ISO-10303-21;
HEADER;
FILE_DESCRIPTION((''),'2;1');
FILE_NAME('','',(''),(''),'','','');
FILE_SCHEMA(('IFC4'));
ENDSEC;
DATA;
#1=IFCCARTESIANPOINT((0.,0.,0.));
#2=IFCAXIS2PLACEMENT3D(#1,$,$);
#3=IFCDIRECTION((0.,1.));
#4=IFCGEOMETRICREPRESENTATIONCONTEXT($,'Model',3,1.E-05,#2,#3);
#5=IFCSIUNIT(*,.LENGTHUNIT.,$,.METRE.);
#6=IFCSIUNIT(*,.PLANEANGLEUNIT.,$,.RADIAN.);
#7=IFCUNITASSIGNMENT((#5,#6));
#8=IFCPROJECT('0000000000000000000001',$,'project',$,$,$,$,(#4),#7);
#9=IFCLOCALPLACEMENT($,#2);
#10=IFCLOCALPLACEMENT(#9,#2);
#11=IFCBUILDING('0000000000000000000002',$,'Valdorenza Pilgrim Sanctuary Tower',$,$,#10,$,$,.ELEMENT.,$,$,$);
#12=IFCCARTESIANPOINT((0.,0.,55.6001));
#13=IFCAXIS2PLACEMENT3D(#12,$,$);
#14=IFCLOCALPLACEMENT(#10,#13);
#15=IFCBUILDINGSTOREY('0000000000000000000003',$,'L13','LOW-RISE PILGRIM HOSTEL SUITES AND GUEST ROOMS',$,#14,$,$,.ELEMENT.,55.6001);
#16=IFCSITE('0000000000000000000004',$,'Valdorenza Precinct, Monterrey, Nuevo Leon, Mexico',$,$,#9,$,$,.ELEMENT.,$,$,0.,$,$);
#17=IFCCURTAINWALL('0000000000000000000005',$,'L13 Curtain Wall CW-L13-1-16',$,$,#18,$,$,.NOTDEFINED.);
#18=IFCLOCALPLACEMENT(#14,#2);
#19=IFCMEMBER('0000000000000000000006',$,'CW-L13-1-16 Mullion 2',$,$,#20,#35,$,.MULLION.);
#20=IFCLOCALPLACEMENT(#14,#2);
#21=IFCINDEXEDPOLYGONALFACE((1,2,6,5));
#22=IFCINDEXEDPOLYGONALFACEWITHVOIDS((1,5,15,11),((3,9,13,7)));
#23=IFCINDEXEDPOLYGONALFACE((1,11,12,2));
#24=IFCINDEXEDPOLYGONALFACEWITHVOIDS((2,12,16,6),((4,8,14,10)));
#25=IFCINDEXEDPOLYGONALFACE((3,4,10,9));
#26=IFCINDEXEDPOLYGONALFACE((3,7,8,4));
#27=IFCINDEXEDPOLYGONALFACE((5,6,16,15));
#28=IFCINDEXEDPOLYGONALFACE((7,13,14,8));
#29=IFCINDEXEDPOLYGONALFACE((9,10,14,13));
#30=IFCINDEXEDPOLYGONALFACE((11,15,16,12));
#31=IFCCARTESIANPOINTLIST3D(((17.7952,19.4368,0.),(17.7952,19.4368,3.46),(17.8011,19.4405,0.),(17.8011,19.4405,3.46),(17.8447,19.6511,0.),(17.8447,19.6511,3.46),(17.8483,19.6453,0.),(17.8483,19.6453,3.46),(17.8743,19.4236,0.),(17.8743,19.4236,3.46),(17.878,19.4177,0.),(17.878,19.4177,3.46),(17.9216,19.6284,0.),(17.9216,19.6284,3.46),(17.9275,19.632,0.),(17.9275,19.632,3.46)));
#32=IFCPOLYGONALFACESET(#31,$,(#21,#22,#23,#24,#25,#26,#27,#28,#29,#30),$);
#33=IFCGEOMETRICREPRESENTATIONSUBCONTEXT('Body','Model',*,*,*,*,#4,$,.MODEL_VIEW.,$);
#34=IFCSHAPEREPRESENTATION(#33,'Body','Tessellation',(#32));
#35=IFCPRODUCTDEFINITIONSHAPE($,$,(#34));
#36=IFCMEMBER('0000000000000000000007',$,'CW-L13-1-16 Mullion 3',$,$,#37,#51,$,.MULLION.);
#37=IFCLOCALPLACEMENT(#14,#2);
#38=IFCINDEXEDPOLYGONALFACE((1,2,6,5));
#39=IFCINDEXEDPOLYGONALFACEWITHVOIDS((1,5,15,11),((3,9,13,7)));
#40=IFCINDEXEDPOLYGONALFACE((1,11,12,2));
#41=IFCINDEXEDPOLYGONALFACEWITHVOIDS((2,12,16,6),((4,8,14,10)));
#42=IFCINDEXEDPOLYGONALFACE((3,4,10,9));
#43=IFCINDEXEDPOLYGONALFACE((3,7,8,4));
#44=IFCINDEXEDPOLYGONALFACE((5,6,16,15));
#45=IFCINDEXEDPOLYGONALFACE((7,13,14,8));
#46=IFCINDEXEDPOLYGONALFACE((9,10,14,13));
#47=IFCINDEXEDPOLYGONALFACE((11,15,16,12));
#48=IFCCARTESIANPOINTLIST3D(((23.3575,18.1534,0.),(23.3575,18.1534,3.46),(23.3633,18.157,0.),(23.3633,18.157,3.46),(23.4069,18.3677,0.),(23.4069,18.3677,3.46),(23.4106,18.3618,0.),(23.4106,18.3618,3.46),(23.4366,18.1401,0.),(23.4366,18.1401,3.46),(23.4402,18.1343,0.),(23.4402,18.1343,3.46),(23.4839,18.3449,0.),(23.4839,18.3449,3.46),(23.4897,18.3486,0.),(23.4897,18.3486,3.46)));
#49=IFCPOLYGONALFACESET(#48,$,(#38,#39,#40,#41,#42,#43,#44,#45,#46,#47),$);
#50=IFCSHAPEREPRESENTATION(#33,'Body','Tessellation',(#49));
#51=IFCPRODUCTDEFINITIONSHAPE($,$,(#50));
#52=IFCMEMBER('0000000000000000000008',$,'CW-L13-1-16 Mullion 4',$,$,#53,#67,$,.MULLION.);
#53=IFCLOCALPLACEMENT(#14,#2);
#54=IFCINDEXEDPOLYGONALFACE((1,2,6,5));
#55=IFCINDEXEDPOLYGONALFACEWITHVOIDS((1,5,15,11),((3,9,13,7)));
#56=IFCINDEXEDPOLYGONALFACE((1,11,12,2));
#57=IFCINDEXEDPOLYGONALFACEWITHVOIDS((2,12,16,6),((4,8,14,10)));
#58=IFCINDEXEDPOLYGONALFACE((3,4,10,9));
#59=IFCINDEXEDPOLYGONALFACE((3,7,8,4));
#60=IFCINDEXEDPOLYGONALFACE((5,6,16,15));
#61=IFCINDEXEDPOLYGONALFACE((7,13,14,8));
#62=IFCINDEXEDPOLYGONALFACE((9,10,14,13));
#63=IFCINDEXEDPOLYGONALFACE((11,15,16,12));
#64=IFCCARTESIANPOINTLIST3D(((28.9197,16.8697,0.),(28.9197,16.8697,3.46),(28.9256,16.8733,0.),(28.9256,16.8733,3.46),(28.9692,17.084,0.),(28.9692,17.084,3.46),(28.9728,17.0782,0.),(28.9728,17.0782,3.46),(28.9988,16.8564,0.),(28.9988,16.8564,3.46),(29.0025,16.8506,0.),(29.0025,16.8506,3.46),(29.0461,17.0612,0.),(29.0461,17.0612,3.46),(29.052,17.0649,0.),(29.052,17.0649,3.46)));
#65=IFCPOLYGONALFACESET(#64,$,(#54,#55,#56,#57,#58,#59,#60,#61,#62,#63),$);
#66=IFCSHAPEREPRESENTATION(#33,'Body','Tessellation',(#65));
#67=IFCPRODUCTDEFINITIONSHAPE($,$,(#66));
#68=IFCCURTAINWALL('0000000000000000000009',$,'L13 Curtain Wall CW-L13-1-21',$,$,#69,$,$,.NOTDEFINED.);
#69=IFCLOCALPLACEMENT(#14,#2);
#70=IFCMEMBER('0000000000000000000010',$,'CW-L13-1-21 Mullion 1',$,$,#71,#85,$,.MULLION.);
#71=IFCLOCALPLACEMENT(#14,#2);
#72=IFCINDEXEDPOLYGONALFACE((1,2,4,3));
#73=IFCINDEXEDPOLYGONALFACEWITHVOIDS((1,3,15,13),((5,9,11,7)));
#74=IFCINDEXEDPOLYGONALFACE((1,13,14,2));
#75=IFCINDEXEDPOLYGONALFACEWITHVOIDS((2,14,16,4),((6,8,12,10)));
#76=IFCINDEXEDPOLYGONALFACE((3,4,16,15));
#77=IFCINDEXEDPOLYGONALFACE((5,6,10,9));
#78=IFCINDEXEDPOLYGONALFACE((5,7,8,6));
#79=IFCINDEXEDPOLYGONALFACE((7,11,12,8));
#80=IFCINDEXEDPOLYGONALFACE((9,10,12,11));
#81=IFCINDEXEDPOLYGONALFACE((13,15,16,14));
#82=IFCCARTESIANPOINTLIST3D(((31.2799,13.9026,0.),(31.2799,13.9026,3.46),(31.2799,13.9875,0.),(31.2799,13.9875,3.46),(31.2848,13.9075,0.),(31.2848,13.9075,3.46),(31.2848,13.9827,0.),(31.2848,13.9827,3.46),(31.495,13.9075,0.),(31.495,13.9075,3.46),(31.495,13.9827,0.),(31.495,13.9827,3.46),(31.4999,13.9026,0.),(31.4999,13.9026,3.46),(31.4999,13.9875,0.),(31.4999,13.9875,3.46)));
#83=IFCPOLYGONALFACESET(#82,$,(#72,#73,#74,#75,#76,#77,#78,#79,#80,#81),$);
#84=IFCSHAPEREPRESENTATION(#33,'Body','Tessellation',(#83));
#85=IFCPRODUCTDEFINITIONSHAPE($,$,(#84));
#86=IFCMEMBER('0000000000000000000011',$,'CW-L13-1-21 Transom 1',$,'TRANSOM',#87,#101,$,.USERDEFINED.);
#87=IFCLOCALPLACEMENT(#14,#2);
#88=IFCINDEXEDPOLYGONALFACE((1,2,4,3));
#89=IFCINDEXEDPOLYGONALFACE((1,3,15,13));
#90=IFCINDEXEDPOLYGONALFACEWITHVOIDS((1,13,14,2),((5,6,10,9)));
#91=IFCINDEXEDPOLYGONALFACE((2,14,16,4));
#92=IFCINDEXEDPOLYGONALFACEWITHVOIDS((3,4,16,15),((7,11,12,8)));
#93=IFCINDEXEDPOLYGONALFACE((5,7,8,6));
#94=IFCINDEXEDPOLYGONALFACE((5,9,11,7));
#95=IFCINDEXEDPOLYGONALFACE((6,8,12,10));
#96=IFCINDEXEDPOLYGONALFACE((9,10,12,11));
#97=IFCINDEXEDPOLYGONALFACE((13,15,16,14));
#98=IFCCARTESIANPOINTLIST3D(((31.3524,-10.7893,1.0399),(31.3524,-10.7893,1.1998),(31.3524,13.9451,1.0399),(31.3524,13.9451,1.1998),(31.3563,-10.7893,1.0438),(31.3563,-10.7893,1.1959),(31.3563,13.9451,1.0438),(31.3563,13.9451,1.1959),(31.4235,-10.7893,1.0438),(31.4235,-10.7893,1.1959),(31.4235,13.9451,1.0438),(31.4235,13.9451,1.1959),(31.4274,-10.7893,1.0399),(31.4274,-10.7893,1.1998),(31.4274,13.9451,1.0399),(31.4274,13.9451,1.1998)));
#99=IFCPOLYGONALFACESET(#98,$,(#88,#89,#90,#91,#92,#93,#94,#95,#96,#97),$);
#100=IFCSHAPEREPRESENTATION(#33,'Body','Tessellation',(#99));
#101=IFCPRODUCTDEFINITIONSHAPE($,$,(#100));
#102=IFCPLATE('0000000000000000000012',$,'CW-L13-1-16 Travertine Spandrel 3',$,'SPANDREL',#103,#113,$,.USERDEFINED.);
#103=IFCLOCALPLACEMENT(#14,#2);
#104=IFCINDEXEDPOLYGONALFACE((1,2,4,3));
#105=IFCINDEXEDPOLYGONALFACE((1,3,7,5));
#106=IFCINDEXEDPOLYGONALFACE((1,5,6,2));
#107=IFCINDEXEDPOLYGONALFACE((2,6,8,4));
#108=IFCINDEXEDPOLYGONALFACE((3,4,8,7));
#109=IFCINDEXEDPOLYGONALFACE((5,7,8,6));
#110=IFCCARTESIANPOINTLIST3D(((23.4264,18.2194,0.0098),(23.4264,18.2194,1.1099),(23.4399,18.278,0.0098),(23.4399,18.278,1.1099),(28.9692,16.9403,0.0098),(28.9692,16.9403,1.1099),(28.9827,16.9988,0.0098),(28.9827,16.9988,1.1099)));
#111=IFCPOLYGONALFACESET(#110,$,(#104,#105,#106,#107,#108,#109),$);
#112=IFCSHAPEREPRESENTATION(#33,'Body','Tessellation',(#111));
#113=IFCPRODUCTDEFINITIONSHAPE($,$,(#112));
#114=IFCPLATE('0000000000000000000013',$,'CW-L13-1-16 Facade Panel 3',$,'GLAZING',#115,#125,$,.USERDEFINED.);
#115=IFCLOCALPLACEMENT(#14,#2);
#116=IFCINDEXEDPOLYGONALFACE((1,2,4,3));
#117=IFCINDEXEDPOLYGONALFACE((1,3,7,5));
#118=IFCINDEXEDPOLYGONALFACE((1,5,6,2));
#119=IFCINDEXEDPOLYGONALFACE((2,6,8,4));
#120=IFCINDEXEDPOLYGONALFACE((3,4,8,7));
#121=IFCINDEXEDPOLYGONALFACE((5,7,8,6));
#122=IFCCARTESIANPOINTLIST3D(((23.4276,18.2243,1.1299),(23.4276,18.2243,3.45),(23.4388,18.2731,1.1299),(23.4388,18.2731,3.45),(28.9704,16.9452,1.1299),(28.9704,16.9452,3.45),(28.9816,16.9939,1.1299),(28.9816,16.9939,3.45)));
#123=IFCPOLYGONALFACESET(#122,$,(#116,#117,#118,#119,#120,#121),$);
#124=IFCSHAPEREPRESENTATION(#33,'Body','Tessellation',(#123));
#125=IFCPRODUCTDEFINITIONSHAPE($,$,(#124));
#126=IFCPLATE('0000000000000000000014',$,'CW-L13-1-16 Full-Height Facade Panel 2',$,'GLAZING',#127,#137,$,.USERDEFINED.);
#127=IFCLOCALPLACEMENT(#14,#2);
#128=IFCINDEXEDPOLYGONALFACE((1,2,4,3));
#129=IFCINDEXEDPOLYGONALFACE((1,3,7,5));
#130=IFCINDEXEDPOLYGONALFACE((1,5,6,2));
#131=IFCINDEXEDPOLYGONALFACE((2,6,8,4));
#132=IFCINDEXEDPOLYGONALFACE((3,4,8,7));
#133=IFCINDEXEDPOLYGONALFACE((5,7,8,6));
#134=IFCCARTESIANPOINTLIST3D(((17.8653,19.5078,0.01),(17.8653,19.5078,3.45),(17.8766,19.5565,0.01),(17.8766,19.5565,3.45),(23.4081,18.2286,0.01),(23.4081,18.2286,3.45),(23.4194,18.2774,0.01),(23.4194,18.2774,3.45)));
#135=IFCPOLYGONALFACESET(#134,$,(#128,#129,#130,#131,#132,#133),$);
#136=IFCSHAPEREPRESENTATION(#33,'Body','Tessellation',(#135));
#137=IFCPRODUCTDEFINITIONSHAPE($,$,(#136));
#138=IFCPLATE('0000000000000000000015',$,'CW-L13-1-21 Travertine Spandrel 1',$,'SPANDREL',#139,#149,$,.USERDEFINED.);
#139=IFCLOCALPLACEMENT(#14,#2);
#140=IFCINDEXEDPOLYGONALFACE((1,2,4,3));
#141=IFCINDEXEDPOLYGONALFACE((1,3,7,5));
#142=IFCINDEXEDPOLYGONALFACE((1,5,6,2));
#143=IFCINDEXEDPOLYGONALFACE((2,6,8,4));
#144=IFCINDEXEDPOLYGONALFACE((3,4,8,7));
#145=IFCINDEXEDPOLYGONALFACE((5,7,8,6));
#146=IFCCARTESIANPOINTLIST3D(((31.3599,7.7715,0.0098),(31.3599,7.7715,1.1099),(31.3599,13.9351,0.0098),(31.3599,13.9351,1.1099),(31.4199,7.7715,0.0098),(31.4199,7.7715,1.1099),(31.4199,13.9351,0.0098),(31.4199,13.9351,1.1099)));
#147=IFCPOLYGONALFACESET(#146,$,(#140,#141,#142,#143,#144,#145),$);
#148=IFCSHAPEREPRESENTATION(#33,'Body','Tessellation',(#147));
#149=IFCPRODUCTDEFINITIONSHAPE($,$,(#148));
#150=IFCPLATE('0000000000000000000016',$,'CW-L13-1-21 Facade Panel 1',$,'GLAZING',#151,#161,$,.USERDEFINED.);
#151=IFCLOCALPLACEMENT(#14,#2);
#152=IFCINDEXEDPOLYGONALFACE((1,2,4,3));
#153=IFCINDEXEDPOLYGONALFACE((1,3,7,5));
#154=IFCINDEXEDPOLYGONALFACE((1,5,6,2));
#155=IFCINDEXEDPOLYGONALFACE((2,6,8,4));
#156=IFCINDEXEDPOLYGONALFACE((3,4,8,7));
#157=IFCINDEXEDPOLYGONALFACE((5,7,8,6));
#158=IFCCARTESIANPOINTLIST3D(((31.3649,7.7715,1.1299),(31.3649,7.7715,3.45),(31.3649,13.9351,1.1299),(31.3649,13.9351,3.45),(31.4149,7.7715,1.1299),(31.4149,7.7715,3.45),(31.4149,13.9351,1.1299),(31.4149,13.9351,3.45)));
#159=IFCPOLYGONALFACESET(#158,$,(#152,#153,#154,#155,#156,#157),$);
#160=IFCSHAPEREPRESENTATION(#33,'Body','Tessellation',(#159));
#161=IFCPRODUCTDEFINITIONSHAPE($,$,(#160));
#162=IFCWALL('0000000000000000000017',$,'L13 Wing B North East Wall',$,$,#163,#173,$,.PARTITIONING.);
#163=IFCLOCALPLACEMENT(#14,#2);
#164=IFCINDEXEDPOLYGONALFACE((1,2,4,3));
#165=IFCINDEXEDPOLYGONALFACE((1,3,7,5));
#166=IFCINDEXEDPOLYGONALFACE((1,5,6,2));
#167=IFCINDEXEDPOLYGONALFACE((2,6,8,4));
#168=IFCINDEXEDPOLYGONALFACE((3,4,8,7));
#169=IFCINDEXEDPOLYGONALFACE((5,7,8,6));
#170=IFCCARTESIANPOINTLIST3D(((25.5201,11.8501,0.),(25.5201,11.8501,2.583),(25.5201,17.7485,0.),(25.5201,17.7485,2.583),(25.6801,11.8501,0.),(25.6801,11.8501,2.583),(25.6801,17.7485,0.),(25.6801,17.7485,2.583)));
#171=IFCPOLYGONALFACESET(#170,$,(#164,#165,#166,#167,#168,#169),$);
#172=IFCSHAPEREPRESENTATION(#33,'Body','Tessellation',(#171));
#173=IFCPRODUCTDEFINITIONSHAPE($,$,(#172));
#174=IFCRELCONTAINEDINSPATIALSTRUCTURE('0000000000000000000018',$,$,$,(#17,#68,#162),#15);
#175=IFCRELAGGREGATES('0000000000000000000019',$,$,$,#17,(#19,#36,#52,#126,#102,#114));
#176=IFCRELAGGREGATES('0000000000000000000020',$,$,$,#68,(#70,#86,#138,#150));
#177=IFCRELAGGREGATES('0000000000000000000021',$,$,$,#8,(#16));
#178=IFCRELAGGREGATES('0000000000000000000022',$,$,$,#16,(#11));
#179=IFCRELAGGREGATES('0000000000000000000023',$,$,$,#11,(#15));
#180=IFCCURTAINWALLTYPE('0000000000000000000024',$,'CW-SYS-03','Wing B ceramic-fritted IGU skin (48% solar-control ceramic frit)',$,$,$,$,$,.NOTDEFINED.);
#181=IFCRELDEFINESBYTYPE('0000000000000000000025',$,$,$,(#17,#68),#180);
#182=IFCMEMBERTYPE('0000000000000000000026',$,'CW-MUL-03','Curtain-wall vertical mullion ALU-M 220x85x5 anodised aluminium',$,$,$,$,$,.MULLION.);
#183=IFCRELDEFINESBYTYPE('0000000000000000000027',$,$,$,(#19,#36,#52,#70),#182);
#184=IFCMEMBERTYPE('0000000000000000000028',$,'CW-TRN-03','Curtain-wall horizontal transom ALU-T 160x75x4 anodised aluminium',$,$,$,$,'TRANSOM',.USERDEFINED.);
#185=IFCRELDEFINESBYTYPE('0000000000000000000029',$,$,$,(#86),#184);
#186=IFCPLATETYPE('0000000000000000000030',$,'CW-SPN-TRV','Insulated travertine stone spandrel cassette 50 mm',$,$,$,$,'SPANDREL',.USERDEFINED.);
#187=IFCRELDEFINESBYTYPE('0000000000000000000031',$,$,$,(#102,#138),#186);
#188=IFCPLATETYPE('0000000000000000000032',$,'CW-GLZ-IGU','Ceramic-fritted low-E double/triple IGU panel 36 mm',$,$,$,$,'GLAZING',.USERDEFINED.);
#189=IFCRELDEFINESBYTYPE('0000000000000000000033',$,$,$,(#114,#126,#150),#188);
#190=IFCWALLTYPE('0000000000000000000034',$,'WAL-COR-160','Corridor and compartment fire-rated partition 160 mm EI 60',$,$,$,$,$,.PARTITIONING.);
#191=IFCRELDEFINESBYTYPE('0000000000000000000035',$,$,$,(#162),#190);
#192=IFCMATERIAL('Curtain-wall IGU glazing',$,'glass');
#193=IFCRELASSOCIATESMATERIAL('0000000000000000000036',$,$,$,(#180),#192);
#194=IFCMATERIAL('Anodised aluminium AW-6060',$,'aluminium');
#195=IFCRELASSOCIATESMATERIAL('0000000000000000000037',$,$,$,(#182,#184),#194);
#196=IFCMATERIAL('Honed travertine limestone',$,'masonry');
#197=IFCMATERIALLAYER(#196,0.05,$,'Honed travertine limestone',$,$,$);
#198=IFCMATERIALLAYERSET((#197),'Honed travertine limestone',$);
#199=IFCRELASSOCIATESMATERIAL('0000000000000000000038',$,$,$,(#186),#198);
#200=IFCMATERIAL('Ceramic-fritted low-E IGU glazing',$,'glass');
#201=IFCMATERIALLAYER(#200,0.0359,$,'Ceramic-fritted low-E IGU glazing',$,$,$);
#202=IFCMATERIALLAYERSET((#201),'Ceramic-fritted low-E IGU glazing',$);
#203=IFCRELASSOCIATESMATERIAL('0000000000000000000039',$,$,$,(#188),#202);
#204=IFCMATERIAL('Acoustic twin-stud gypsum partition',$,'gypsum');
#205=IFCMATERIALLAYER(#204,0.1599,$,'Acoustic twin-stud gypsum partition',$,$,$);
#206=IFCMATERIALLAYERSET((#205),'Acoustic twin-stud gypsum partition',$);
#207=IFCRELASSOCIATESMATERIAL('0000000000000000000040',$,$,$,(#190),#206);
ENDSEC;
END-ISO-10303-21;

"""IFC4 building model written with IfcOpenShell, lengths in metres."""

from ifc_helpers import new_model, si_unit, direction, frame, frame_2d, origin, origin_2d, place, context, subcontext, project, spatial, rectangle, hollow_rectangle, extrude, source, transform, mapped, material, layer, layer_set, material_profile, profile_set, type_object, element, aggregate, save


model = new_model("IFC4")

# Units and contexts
model_context = context("Model", 3, precision=1e-05, world=origin(), true_north=direction((0.0, 1.0)))
body_context = subcontext(model_context, "Body", "Model", "MODEL_VIEW")
ifc_project = project(units=[si_unit("LENGTHUNIT", "METRE"), si_unit("PLANEANGLEUNIT", "RADIAN")], contexts=[model_context])

# Site, building, storey
site_placement = place(None, origin())
site = spatial("IfcSite", under=ifc_project, at=site_placement, Name="Valdorenza Precinct, Monterrey, Nuevo Leon, Mexico", CompositionType="ELEMENT", RefElevation=0.0)
building_placement = place(site_placement, origin())
building = spatial("IfcBuilding", under=site, at=building_placement, Name="Valdorenza Pilgrim Sanctuary Tower", CompositionType="ELEMENT")
storey_placement = place(building_placement, frame((0.0, 0.0, 55.6001)))
storey = spatial("IfcBuildingStorey", under=building, at=storey_placement, Name="L13", Description="LOW-RISE PILGRIM HOSTEL SUITES AND GUEST ROOMS", CompositionType="ELEMENT", Elevation=55.6001)

# Curtain walls, members
ifc_material_1 = material(Name="Curtain-wall IGU glazing", Category="glass")
curtain_wall_type = type_object("IfcCurtainWallType", Name="CW-SYS-03", Description="Wing B ceramic-fritted IGU skin (48% solar-control ceramic frit)", PredefinedType="NOTDEFINED", material=ifc_material_1)
curtain_wall_1_placement = place(storey_placement, origin())
curtain_wall_1 = element("IfcCurtainWall", 1, at=curtain_wall_1_placement, inside=storey, type_object=curtain_wall_type, Name="L13 Curtain Wall CW-L13-1-16", PredefinedType="NOTDEFINED")
ifc_material_2 = material(Name="Anodised aluminium AW-6060", Category="aluminium")
ifc_material_profile_1 = material_profile(ifc_material_2, hollow_rectangle(XDim=0.085, YDim=0.22, WallThickness=0.0049, at=origin_2d()), Name="ALU-M 220x85x5")
ifc_profile_set_1 = profile_set([ifc_material_profile_1], Name="Anodised aluminium AW-6060")
member_type_1 = type_object("IfcMemberType", Name="CW-MUL-03", Description="Curtain-wall vertical mullion ALU-M 220x85x5 anodised aluminium", PredefinedType="MULLION", material=ifc_profile_set_1)
shared_shape_1 = source(origin(), body_context, "Body", "SweptSolid", [
    extrude(hollow_rectangle(XDim=0.085, YDim=0.22, WallThickness=0.0049, at=origin_2d()), origin(), (0.0, 0.0, 1.0), 3.46),
])
member_1_placement = place(storey_placement, frame((17.8613, 19.5344, 0.0), z_axis=(0.0, 0.0, 1.0), x_axis=(0.97439, -0.224866, 0.0)))
member_1 = element("IfcMember", 2, at=member_1_placement, type_object=member_type_1, Name="CW-L13-1-16 Mullion 2", PredefinedType="MULLION", context=body_context, shape_type="MappedRepresentation", body=[
    mapped(shared_shape_1, transform((0.0, 0.0, 0.0), x_axis=(1.0, 0.0, 0.0), y_axis=(0.0, 1.0, 0.0), z_axis=(0.0, 0.0, 1.0), scale=1.0)),
])
member_2_placement = place(storey_placement, frame((23.4236, 18.251, 0.0), z_axis=(0.0, 0.0, 1.0), x_axis=(0.97439, -0.224866, 0.0)))
member_2 = element("IfcMember", 3, at=member_2_placement, type_object=member_type_1, Name="CW-L13-1-16 Mullion 3", PredefinedType="MULLION", context=body_context, shape_type="MappedRepresentation", body=[
    mapped(shared_shape_1, transform((0.0, 0.0, 0.0), x_axis=(1.0, 0.0, 0.0), y_axis=(0.0, 1.0, 0.0), z_axis=(0.0, 0.0, 1.0), scale=1.0)),
])
member_3_placement = place(storey_placement, frame((28.9858, 16.9673, 0.0), z_axis=(0.0, 0.0, 1.0), x_axis=(0.97439, -0.224866, 0.0)))
member_3 = element("IfcMember", 4, at=member_3_placement, type_object=member_type_1, Name="CW-L13-1-16 Mullion 4", PredefinedType="MULLION", context=body_context, shape_type="MappedRepresentation", body=[
    mapped(shared_shape_1, transform((0.0, 0.0, 0.0), x_axis=(1.0, 0.0, 0.0), y_axis=(0.0, 1.0, 0.0), z_axis=(0.0, 0.0, 1.0), scale=1.0)),
])
curtain_wall_2_placement = place(storey_placement, origin())
curtain_wall_2 = element("IfcCurtainWall", 5, at=curtain_wall_2_placement, inside=storey, type_object=curtain_wall_type, Name="L13 Curtain Wall CW-L13-1-21", PredefinedType="NOTDEFINED")
member_4_placement = place(storey_placement, frame((31.3899, 13.9451, 0.0), z_axis=(0.0, 0.0, 1.0), x_axis=(0.0, -1.0, 0.0)))
member_4 = element("IfcMember", 6, at=member_4_placement, type_object=member_type_1, Name="CW-L13-1-21 Mullion 1", PredefinedType="MULLION", context=body_context, shape_type="MappedRepresentation", body=[
    mapped(shared_shape_1, transform((0.0, 0.0, 0.0), x_axis=(1.0, 0.0, 0.0), y_axis=(0.0, 1.0, 0.0), z_axis=(0.0, 0.0, 1.0), scale=1.0)),
])
ifc_material_profile_2 = material_profile(ifc_material_2, hollow_rectangle(XDim=0.075, YDim=0.1599, WallThickness=0.0039, at=origin_2d()), Name="ALU-T 160x75x4")
ifc_profile_set_2 = profile_set([ifc_material_profile_2], Name="Anodised aluminium AW-6060")
member_type_2 = type_object("IfcMemberType", Name="CW-TRN-03", Description="Curtain-wall horizontal transom ALU-T 160x75x4 anodised aluminium", ElementType="TRANSOM", PredefinedType="USERDEFINED", material=ifc_profile_set_2)
shared_shape_2 = source(origin(), body_context, "Body", "SweptSolid", [
    extrude(hollow_rectangle(XDim=0.075, YDim=0.1599, WallThickness=0.0039, at=origin_2d()), origin(), (0.0, 0.0, 1.0), 24.7344),
])
member_5_placement = place(storey_placement, frame((31.3899, 13.9451, 1.1199), z_axis=(0.0, -1.0, 0.0), x_axis=(1.0, 0.0, 0.0)))
member_5 = element("IfcMember", 7, at=member_5_placement, type_object=member_type_2, Name="CW-L13-1-21 Transom 1", ObjectType="TRANSOM", PredefinedType="USERDEFINED", context=body_context, shape_type="MappedRepresentation", body=[
    mapped(shared_shape_2, transform((0.0, 0.0, 0.0), x_axis=(1.0, 0.0, 0.0), y_axis=(0.0, 1.0, 0.0), z_axis=(0.0, 0.0, 1.0), scale=1.0)),
])

# Plates
ifc_material_3 = material(Name="Honed travertine limestone", Category="masonry")
ifc_layer_1 = layer(ifc_material_3, 0.05, Name="Honed travertine limestone")
ifc_layer_set_1 = layer_set([ifc_layer_1], Name="Honed travertine limestone")
plate_type_1 = type_object("IfcPlateType", Name="CW-SPN-TRV", Description="Insulated travertine stone spandrel cassette 50 mm", ElementType="SPANDREL", PredefinedType="USERDEFINED", material=ifc_layer_set_1)
shared_shape_3 = source(origin(), body_context, "Body", "SweptSolid", [
    extrude(rectangle(XDim=5.6885, YDim=0.0601, at=origin_2d()), origin(), (0.0, 0.0, 1.0), 1.1001),
])
plate_1_placement = place(storey_placement, frame((26.2046, 17.6091, 0.0098), z_axis=(0.0, 0.0, 1.0), x_axis=(0.97439, -0.224866, 0.0)))
plate_1 = element("IfcPlate", 8, at=plate_1_placement, type_object=plate_type_1, Name="CW-L13-1-16 Travertine Spandrel 3", ObjectType="SPANDREL", PredefinedType="USERDEFINED", context=body_context, shape_type="MappedRepresentation", body=[
    mapped(shared_shape_3, transform((0.0, 0.0, 0.0), x_axis=(1.0, 0.0, 0.0), y_axis=(0.0, 1.0, 0.0), z_axis=(0.0, 0.0, 1.0), scale=1.0)),
])
ifc_material_4 = material(Name="Ceramic-fritted low-E IGU glazing", Category="glass")
ifc_layer_2 = layer(ifc_material_4, 0.0359, Name="Ceramic-fritted low-E IGU glazing")
ifc_layer_set_2 = layer_set([ifc_layer_2], Name="Ceramic-fritted low-E IGU glazing")
plate_type_2 = type_object("IfcPlateType", Name="CW-GLZ-IGU", Description="Ceramic-fritted low-E double/triple IGU panel 36 mm", ElementType="GLAZING", PredefinedType="USERDEFINED", material=ifc_layer_set_2)
shared_shape_4 = source(origin(), body_context, "Body", "SweptSolid", [
    extrude(rectangle(XDim=5.6885, YDim=0.05, at=origin_2d()), origin(), (0.0, 0.0, 1.0), 2.3201),
])
plate_2_placement = place(storey_placement, frame((26.2046, 17.6091, 1.1299), z_axis=(0.0, 0.0, 1.0), x_axis=(0.97439, -0.224866, 0.0)))
plate_2 = element("IfcPlate", 9, at=plate_2_placement, type_object=plate_type_2, Name="CW-L13-1-16 Facade Panel 3", ObjectType="GLAZING", PredefinedType="USERDEFINED", context=body_context, shape_type="MappedRepresentation", body=[
    mapped(shared_shape_4, transform((0.0, 0.0, 0.0), x_axis=(1.0, 0.0, 0.0), y_axis=(0.0, 1.0, 0.0), z_axis=(0.0, 0.0, 1.0), scale=1.0)),
])
shared_shape_5 = source(origin(), body_context, "Body", "SweptSolid", [
    extrude(rectangle(XDim=5.6885, YDim=0.05, at=origin_2d()), origin(), (0.0, 0.0, 1.0), 3.4399),
])
plate_3_placement = place(storey_placement, frame((20.6423, 18.8926, 0.01), z_axis=(0.0, 0.0, 1.0), x_axis=(0.97439, -0.224866, 0.0)))
plate_3 = element("IfcPlate", 10, at=plate_3_placement, type_object=plate_type_2, Name="CW-L13-1-16 Full-Height Facade Panel 2", ObjectType="GLAZING", PredefinedType="USERDEFINED", context=body_context, shape_type="MappedRepresentation", body=[
    mapped(shared_shape_5, transform((0.0, 0.0, 0.0), x_axis=(1.0, 0.0, 0.0), y_axis=(0.0, 1.0, 0.0), z_axis=(0.0, 0.0, 1.0), scale=1.0)),
])
aggregate(curtain_wall_1, [member_1, member_2, member_3, plate_3, plate_1, plate_2])
shared_shape_6 = source(origin(), body_context, "Body", "SweptSolid", [
    extrude(rectangle(XDim=6.1636, YDim=0.0601, at=origin_2d()), origin(), (0.0, 0.0, 1.0), 1.1001),
])
plate_4_placement = place(storey_placement, frame((31.3899, 10.8533, 0.0098), z_axis=(0.0, 0.0, 1.0), x_axis=(0.0, -1.0, 0.0)))
plate_4 = element("IfcPlate", 11, at=plate_4_placement, type_object=plate_type_1, Name="CW-L13-1-21 Travertine Spandrel 1", ObjectType="SPANDREL", PredefinedType="USERDEFINED", context=body_context, shape_type="MappedRepresentation", body=[
    mapped(shared_shape_6, transform((0.0, 0.0, 0.0), x_axis=(1.0, 0.0, 0.0), y_axis=(0.0, 1.0, 0.0), z_axis=(0.0, 0.0, 1.0), scale=1.0)),
])
shared_shape_7 = source(origin(), body_context, "Body", "SweptSolid", [
    extrude(rectangle(XDim=6.1636, YDim=0.05, at=origin_2d()), origin(), (0.0, 0.0, 1.0), 2.3201),
])
plate_5_placement = place(storey_placement, frame((31.3899, 10.8533, 1.1299), z_axis=(0.0, 0.0, 1.0), x_axis=(0.0, -1.0, 0.0)))
plate_5 = element("IfcPlate", 12, at=plate_5_placement, type_object=plate_type_2, Name="CW-L13-1-21 Facade Panel 1", ObjectType="GLAZING", PredefinedType="USERDEFINED", context=body_context, shape_type="MappedRepresentation", body=[
    mapped(shared_shape_7, transform((0.0, 0.0, 0.0), x_axis=(1.0, 0.0, 0.0), y_axis=(0.0, 1.0, 0.0), z_axis=(0.0, 0.0, 1.0), scale=1.0)),
])
aggregate(curtain_wall_2, [member_4, member_5, plate_4, plate_5])

# Wall
ifc_material_5 = material(Name="Acoustic twin-stud gypsum partition", Category="gypsum")
ifc_layer_3 = layer(ifc_material_5, 0.1599, Name="Acoustic twin-stud gypsum partition")
ifc_layer_set_3 = layer_set([ifc_layer_3], Name="Acoustic twin-stud gypsum partition")
wall_type_1 = type_object("IfcWallType", Name="WAL-COR-160", Description="Corridor and compartment fire-rated partition 160 mm EI 60", PredefinedType="PARTITIONING", material=ifc_layer_set_3)
wall_1_placement = place(storey_placement, frame((25.6001, 11.8501, 0.0), z_axis=(0.0, 0.0, 1.0), x_axis=(0.0, 1.0, 0.0)))
element("IfcWall", 13, at=wall_1_placement, inside=storey, type_object=wall_type_1, Name="L13 Wing B North East Wall", PredefinedType="PARTITIONING", context=body_context, shape_type="SweptSolid", body=[
    extrude(rectangle(XDim=5.8984, YDim=0.1599, at=frame_2d((2.9492, 0.0))), origin(), (0.0, 0.0, 1.0), 2.583),
])

save(model, "model.ifc")
